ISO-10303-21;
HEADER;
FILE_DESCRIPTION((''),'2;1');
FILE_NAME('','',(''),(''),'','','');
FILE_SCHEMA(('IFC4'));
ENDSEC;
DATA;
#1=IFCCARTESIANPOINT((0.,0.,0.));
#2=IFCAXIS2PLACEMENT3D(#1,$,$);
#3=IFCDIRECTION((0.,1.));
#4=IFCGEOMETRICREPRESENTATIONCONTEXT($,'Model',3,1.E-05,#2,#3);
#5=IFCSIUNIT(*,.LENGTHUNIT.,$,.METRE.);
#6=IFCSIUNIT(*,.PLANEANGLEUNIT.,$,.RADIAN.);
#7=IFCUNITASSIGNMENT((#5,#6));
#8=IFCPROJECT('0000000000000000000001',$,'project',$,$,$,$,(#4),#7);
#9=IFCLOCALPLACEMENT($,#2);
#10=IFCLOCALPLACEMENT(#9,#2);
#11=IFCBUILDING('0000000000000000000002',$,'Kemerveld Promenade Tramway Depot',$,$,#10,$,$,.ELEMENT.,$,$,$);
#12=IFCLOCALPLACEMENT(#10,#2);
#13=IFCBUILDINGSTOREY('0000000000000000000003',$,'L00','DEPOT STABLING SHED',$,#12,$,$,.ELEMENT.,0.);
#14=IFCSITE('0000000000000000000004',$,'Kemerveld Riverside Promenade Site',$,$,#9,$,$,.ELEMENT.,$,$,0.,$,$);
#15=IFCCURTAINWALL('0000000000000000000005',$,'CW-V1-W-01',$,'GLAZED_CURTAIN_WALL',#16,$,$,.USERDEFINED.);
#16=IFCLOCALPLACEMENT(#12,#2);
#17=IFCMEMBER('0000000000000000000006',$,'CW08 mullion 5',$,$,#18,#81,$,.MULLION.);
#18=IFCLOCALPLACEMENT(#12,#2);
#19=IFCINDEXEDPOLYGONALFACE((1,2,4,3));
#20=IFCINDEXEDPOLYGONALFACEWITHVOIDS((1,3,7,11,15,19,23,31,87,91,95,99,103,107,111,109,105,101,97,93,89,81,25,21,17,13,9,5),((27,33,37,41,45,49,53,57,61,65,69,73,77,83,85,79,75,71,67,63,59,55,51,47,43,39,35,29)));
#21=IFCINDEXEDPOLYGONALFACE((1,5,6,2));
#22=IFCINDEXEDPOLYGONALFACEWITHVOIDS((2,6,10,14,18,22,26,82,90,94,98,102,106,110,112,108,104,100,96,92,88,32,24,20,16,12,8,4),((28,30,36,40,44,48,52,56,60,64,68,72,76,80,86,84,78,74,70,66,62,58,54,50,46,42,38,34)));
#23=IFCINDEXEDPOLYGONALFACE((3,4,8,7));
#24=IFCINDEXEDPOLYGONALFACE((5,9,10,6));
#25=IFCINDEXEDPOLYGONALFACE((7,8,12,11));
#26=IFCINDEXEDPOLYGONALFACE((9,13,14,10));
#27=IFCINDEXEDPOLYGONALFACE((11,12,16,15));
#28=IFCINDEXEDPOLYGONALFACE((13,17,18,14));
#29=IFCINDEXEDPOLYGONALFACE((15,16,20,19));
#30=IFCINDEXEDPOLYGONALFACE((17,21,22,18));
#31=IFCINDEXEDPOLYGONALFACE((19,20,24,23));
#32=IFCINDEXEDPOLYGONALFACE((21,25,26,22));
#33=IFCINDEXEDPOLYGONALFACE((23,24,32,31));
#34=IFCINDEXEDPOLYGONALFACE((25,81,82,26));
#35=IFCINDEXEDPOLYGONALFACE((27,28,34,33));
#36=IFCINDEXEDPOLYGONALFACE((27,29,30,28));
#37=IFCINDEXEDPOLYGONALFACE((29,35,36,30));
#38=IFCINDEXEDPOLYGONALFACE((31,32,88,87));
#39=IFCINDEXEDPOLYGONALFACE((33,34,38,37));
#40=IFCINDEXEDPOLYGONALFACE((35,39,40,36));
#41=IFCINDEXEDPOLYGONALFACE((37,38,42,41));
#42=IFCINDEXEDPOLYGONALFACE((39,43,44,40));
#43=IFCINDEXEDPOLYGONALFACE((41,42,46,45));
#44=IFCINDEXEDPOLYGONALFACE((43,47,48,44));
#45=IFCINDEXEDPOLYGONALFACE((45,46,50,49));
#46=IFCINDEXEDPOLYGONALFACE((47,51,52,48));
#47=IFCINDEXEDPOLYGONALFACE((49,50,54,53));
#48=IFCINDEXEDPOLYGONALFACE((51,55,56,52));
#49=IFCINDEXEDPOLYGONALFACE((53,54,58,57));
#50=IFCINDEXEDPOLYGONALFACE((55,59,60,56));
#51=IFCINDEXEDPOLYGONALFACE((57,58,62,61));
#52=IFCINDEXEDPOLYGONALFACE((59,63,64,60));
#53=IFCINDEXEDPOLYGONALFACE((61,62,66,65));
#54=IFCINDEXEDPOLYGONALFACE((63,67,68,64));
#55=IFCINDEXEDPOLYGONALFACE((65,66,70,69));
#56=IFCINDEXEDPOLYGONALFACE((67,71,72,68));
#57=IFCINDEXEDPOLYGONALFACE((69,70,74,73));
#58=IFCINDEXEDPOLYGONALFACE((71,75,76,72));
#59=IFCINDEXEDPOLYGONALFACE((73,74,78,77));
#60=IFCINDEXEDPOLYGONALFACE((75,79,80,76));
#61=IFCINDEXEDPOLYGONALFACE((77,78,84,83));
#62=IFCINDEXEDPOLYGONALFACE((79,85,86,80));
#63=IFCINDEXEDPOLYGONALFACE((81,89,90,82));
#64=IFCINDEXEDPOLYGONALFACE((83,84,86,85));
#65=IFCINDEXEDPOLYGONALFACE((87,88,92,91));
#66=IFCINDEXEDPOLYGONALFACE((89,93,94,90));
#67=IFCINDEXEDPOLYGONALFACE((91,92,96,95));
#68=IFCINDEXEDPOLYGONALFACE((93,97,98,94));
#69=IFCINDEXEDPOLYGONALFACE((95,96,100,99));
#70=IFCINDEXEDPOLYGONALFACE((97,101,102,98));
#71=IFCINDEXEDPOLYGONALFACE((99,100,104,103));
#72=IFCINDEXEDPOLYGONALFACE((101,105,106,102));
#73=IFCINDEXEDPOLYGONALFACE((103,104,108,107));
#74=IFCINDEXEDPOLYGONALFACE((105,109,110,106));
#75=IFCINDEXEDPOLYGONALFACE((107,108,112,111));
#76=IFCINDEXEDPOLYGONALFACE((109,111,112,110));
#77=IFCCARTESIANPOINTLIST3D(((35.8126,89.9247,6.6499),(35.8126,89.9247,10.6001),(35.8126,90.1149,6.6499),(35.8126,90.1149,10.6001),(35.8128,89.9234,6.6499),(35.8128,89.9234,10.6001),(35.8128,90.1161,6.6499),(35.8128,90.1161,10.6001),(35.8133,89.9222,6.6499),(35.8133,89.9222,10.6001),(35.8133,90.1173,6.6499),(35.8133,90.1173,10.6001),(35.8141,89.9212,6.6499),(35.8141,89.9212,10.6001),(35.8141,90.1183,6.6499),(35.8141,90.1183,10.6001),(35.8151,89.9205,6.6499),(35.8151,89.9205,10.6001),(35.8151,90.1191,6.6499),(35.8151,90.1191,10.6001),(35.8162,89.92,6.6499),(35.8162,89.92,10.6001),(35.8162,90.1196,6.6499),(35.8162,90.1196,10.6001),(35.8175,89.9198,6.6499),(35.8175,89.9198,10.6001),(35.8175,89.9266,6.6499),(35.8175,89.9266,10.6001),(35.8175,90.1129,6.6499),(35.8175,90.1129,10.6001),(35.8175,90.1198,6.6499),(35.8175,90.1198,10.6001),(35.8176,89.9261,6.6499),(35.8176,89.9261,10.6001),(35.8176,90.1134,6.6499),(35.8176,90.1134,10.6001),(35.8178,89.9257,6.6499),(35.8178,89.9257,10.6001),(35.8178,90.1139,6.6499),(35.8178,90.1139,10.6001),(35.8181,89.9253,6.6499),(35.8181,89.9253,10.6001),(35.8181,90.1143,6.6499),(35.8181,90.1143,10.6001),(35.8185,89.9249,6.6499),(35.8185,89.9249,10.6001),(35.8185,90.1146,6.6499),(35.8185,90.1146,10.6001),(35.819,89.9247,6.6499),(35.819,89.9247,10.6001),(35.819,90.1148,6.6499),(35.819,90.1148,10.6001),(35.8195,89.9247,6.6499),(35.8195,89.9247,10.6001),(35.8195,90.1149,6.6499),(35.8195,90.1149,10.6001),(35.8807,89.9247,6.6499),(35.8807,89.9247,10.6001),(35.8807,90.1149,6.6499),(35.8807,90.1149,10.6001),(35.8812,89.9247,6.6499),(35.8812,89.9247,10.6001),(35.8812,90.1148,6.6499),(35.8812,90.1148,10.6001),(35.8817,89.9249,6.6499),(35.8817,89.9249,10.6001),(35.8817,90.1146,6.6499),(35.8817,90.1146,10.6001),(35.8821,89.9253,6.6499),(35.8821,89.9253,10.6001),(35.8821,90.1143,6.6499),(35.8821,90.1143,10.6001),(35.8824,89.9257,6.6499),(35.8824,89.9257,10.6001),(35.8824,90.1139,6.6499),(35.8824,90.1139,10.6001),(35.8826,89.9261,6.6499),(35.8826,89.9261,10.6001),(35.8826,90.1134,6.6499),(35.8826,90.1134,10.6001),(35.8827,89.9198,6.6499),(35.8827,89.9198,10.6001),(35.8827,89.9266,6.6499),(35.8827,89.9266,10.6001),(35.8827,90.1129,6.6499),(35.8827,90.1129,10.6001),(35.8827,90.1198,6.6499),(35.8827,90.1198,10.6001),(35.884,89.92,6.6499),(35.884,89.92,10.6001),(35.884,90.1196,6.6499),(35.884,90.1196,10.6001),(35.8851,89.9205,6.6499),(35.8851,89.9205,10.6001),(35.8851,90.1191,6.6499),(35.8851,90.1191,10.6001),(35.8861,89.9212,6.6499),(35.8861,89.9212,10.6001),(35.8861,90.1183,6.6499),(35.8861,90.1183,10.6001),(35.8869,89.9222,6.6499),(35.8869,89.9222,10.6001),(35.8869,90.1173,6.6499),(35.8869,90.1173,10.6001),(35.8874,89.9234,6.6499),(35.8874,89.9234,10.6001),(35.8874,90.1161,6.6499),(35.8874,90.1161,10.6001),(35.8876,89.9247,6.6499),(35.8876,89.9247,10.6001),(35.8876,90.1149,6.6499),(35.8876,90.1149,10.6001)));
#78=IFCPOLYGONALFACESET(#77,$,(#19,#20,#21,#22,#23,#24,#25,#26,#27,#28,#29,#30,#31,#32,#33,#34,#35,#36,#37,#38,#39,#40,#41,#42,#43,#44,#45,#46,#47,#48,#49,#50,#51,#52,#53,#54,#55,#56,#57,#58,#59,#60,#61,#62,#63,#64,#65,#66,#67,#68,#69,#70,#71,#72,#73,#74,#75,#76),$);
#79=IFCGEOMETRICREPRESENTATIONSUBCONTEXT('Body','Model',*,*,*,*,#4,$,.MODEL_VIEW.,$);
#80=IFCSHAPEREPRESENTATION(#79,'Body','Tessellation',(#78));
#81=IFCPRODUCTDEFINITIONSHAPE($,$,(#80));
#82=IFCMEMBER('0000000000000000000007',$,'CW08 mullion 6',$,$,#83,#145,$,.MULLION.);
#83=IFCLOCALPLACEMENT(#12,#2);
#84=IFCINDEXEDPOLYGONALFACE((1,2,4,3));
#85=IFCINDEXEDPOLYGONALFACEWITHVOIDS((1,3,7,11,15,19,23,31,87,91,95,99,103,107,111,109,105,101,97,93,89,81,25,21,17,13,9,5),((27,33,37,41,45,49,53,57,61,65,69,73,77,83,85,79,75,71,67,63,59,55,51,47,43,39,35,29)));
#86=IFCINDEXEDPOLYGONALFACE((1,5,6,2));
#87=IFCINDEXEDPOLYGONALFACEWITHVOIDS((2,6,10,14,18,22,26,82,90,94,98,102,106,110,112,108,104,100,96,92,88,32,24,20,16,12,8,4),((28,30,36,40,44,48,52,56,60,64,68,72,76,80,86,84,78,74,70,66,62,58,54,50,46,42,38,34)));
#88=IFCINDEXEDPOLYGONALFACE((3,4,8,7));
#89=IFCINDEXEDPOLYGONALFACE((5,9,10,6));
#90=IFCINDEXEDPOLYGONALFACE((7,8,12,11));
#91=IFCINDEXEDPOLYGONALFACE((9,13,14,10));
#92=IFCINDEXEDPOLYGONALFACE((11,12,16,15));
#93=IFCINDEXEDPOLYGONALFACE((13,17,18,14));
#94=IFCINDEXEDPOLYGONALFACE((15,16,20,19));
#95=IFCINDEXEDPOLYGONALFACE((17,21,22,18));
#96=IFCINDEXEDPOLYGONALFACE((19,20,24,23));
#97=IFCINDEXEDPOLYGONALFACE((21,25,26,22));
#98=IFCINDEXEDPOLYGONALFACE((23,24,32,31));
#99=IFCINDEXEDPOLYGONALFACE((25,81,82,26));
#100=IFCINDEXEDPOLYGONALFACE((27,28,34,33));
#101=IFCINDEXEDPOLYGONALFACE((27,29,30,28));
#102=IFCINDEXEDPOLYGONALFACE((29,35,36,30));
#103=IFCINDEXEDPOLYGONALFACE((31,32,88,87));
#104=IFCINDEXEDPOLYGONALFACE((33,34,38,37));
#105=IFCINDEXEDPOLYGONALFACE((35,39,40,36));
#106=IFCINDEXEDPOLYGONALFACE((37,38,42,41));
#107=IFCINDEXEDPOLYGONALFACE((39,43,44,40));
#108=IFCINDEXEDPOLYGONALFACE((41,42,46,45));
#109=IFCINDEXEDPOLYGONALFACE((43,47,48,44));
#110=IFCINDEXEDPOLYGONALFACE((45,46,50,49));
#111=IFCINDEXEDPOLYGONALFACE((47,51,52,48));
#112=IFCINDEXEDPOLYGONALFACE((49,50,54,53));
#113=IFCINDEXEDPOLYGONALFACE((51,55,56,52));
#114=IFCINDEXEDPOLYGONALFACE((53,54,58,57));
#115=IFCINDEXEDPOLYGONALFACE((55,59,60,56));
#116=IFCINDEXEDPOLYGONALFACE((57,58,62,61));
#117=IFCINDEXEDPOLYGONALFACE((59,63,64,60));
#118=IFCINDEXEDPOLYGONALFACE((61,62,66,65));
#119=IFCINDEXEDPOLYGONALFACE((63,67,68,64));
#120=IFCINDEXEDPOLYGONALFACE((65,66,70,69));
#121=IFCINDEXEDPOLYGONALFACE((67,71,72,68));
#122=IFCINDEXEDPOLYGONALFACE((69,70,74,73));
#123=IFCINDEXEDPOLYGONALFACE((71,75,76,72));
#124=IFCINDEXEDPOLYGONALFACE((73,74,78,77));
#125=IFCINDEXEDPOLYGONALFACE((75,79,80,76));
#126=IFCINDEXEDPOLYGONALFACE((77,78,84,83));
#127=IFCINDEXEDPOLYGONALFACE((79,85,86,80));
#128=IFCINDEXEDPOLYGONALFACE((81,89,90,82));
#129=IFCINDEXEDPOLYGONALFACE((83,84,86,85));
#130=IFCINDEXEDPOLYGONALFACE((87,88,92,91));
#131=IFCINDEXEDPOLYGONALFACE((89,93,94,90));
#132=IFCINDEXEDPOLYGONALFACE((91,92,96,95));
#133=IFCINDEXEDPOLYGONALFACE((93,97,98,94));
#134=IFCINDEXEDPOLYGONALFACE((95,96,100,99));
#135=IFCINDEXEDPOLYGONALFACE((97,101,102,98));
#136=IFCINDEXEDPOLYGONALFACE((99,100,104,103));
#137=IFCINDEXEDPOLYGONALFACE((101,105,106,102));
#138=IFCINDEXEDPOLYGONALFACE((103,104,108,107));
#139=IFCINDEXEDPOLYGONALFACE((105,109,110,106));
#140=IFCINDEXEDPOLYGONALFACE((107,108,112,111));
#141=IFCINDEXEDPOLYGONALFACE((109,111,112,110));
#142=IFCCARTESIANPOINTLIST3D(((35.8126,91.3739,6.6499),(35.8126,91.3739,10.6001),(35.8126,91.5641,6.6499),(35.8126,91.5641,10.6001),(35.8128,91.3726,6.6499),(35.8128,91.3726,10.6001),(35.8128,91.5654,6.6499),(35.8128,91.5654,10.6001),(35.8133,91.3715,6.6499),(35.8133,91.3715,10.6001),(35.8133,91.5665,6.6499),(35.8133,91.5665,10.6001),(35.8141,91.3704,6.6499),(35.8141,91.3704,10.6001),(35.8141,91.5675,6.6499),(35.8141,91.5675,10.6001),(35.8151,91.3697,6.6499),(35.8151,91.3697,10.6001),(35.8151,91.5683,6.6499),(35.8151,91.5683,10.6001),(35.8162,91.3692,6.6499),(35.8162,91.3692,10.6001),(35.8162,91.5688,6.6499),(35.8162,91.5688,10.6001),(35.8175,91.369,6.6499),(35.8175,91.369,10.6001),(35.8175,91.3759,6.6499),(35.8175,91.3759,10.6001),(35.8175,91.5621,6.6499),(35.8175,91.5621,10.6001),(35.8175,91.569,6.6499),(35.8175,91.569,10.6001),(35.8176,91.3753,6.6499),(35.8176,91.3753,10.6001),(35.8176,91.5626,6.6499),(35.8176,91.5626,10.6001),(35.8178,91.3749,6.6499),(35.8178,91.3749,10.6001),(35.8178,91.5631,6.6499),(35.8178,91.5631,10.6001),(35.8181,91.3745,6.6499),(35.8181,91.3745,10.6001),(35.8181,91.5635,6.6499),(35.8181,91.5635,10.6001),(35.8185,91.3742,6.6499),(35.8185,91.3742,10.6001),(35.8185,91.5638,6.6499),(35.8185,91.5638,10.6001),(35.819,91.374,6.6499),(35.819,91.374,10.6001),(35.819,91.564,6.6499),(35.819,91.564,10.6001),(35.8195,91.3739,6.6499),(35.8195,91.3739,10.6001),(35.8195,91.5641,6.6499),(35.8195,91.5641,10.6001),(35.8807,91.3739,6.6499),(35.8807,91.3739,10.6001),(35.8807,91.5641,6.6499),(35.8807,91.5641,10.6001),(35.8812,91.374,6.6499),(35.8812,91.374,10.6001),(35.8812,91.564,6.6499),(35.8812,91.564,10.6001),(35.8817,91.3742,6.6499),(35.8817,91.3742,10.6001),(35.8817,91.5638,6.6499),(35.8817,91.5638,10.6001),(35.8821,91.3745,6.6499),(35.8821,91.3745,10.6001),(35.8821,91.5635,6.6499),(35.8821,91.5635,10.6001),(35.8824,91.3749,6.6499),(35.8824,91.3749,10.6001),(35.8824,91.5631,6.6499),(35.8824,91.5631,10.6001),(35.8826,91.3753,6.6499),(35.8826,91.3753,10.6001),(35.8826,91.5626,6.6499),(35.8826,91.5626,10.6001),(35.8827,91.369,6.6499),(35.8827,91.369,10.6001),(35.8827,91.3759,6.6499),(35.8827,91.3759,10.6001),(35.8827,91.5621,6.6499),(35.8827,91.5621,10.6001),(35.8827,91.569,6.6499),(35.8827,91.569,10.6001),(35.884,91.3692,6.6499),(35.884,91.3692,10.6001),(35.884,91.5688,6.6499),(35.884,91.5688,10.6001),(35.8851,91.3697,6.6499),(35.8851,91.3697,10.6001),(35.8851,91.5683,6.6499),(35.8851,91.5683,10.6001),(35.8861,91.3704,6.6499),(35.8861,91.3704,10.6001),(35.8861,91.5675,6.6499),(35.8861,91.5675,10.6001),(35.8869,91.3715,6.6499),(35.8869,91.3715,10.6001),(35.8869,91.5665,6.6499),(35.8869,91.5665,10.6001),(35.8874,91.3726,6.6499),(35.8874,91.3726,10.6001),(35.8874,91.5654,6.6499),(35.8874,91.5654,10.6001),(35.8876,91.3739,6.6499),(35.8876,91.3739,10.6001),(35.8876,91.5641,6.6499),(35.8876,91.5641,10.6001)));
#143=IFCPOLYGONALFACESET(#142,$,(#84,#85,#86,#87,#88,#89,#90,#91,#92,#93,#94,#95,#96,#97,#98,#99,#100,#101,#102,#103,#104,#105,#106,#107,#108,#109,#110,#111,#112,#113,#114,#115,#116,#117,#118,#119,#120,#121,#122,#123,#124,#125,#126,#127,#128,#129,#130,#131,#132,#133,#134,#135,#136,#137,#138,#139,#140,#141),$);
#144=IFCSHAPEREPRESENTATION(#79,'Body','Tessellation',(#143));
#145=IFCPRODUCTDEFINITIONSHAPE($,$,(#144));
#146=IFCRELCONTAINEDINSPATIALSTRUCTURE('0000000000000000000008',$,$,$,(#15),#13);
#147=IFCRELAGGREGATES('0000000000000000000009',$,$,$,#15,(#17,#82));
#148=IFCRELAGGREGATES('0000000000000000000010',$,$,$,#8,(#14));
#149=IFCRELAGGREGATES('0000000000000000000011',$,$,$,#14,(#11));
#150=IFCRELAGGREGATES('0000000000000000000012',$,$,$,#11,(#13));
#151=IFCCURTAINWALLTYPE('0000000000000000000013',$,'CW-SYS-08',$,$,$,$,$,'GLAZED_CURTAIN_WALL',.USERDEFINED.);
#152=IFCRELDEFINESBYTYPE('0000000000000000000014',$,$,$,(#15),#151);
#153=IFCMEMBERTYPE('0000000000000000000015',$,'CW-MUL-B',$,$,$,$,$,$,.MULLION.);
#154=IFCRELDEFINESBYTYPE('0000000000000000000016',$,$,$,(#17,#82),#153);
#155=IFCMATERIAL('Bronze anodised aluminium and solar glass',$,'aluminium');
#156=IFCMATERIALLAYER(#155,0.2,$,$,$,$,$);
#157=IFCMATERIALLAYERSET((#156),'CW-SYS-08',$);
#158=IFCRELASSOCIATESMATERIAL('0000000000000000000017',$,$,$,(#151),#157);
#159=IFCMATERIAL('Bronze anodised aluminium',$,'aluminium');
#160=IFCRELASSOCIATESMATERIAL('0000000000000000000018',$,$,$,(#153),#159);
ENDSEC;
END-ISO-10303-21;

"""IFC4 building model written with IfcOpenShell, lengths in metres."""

from ifc_helpers import new_model, si_unit, direction, frame, origin, origin_2d, place, context, subcontext, project, spatial, hollow_rectangle, extrude, material, layer, layer_set, material_profile, profile_set, type_object, element, aggregate, save


model = new_model("IFC4")

# Units and contexts
model_context = context("Model", 3, precision=1e-05, world=origin(), true_north=direction((0.0, 1.0)))
body_context = subcontext(model_context, "Body", "Model", "MODEL_VIEW")
ifc_project = project(units=[si_unit("LENGTHUNIT", "METRE"), si_unit("PLANEANGLEUNIT", "RADIAN")], contexts=[model_context])

# Site, building, storey
site_placement = place(None, origin())
site = spatial("IfcSite", under=ifc_project, at=site_placement, Name="Kemerveld Riverside Promenade Site", CompositionType="ELEMENT", RefElevation=0.0)
building_placement = place(site_placement, origin())
building = spatial("IfcBuilding", under=site, at=building_placement, Name="Kemerveld Promenade Tramway Depot", CompositionType="ELEMENT")
storey_placement = place(building_placement, origin())
storey = spatial("IfcBuildingStorey", under=building, at=storey_placement, Name="L00", Description="DEPOT STABLING SHED", CompositionType="ELEMENT", Elevation=0.0)

# Curtain wall, members
ifc_material_1 = material(Name="Bronze anodised aluminium and solar glass", Category="aluminium")
ifc_layer_1 = layer(ifc_material_1, 0.2)
ifc_layer_set_1 = layer_set([ifc_layer_1], Name="CW-SYS-08")
curtain_wall_type = type_object("IfcCurtainWallType", Name="CW-SYS-08", ElementType="GLAZED_CURTAIN_WALL", PredefinedType="USERDEFINED", material=ifc_layer_set_1)
curtain_wall_placement = place(storey_placement, origin())
curtain_wall = element("IfcCurtainWall", 1, at=curtain_wall_placement, inside=storey, type_object=curtain_wall_type, Name="CW-V1-W-01", ObjectType="GLAZED_CURTAIN_WALL", PredefinedType="USERDEFINED")
ifc_material_2 = material(Name="Bronze anodised aluminium", Category="aluminium")
ifc_material_profile_1 = material_profile(ifc_material_2, hollow_rectangle(XDim=0.075, YDim=0.2, WallThickness=0.0049, InnerFilletRadius=0.002, OuterFilletRadius=0.0049, at=origin_2d()), Name="CW-MUL-200x75")
ifc_profile_set_1 = profile_set([ifc_material_profile_1], Name="Bronze anodised aluminium")
member_type_1 = type_object("IfcMemberType", Name="CW-MUL-B", PredefinedType="MULLION", material=ifc_profile_set_1)
member_1_placement = place(storey_placement, frame((35.8501, 90.0198, 6.6499), z_axis=(0.0, 0.0, 1.0), x_axis=(-1.0, 0.0, 0.0)))
member_1 = element("IfcMember", 2, at=member_1_placement, type_object=member_type_1, Name="CW08 mullion 5", PredefinedType="MULLION", context=body_context, shape_type="SweptSolid", body=[
    extrude(hollow_rectangle(XDim=0.075, YDim=0.2, WallThickness=0.0049, InnerFilletRadius=0.002, OuterFilletRadius=0.0049, at=origin_2d()), origin(), (0.0, 0.0, 1.0), 3.9502),
])
member_2_placement = place(storey_placement, frame((35.8501, 91.469, 6.6499), z_axis=(0.0, 0.0, 1.0), x_axis=(-1.0, 0.0, 0.0)))
member_2 = element("IfcMember", 3, at=member_2_placement, type_object=member_type_1, Name="CW08 mullion 6", PredefinedType="MULLION", context=body_context, shape_type="SweptSolid", body=[
    extrude(hollow_rectangle(XDim=0.075, YDim=0.2, WallThickness=0.0049, InnerFilletRadius=0.002, OuterFilletRadius=0.0049, at=origin_2d()), origin(), (0.0, 0.0, 1.0), 3.9502),
])
aggregate(curtain_wall, [member_1, member_2])

save(model, "model.ifc")
